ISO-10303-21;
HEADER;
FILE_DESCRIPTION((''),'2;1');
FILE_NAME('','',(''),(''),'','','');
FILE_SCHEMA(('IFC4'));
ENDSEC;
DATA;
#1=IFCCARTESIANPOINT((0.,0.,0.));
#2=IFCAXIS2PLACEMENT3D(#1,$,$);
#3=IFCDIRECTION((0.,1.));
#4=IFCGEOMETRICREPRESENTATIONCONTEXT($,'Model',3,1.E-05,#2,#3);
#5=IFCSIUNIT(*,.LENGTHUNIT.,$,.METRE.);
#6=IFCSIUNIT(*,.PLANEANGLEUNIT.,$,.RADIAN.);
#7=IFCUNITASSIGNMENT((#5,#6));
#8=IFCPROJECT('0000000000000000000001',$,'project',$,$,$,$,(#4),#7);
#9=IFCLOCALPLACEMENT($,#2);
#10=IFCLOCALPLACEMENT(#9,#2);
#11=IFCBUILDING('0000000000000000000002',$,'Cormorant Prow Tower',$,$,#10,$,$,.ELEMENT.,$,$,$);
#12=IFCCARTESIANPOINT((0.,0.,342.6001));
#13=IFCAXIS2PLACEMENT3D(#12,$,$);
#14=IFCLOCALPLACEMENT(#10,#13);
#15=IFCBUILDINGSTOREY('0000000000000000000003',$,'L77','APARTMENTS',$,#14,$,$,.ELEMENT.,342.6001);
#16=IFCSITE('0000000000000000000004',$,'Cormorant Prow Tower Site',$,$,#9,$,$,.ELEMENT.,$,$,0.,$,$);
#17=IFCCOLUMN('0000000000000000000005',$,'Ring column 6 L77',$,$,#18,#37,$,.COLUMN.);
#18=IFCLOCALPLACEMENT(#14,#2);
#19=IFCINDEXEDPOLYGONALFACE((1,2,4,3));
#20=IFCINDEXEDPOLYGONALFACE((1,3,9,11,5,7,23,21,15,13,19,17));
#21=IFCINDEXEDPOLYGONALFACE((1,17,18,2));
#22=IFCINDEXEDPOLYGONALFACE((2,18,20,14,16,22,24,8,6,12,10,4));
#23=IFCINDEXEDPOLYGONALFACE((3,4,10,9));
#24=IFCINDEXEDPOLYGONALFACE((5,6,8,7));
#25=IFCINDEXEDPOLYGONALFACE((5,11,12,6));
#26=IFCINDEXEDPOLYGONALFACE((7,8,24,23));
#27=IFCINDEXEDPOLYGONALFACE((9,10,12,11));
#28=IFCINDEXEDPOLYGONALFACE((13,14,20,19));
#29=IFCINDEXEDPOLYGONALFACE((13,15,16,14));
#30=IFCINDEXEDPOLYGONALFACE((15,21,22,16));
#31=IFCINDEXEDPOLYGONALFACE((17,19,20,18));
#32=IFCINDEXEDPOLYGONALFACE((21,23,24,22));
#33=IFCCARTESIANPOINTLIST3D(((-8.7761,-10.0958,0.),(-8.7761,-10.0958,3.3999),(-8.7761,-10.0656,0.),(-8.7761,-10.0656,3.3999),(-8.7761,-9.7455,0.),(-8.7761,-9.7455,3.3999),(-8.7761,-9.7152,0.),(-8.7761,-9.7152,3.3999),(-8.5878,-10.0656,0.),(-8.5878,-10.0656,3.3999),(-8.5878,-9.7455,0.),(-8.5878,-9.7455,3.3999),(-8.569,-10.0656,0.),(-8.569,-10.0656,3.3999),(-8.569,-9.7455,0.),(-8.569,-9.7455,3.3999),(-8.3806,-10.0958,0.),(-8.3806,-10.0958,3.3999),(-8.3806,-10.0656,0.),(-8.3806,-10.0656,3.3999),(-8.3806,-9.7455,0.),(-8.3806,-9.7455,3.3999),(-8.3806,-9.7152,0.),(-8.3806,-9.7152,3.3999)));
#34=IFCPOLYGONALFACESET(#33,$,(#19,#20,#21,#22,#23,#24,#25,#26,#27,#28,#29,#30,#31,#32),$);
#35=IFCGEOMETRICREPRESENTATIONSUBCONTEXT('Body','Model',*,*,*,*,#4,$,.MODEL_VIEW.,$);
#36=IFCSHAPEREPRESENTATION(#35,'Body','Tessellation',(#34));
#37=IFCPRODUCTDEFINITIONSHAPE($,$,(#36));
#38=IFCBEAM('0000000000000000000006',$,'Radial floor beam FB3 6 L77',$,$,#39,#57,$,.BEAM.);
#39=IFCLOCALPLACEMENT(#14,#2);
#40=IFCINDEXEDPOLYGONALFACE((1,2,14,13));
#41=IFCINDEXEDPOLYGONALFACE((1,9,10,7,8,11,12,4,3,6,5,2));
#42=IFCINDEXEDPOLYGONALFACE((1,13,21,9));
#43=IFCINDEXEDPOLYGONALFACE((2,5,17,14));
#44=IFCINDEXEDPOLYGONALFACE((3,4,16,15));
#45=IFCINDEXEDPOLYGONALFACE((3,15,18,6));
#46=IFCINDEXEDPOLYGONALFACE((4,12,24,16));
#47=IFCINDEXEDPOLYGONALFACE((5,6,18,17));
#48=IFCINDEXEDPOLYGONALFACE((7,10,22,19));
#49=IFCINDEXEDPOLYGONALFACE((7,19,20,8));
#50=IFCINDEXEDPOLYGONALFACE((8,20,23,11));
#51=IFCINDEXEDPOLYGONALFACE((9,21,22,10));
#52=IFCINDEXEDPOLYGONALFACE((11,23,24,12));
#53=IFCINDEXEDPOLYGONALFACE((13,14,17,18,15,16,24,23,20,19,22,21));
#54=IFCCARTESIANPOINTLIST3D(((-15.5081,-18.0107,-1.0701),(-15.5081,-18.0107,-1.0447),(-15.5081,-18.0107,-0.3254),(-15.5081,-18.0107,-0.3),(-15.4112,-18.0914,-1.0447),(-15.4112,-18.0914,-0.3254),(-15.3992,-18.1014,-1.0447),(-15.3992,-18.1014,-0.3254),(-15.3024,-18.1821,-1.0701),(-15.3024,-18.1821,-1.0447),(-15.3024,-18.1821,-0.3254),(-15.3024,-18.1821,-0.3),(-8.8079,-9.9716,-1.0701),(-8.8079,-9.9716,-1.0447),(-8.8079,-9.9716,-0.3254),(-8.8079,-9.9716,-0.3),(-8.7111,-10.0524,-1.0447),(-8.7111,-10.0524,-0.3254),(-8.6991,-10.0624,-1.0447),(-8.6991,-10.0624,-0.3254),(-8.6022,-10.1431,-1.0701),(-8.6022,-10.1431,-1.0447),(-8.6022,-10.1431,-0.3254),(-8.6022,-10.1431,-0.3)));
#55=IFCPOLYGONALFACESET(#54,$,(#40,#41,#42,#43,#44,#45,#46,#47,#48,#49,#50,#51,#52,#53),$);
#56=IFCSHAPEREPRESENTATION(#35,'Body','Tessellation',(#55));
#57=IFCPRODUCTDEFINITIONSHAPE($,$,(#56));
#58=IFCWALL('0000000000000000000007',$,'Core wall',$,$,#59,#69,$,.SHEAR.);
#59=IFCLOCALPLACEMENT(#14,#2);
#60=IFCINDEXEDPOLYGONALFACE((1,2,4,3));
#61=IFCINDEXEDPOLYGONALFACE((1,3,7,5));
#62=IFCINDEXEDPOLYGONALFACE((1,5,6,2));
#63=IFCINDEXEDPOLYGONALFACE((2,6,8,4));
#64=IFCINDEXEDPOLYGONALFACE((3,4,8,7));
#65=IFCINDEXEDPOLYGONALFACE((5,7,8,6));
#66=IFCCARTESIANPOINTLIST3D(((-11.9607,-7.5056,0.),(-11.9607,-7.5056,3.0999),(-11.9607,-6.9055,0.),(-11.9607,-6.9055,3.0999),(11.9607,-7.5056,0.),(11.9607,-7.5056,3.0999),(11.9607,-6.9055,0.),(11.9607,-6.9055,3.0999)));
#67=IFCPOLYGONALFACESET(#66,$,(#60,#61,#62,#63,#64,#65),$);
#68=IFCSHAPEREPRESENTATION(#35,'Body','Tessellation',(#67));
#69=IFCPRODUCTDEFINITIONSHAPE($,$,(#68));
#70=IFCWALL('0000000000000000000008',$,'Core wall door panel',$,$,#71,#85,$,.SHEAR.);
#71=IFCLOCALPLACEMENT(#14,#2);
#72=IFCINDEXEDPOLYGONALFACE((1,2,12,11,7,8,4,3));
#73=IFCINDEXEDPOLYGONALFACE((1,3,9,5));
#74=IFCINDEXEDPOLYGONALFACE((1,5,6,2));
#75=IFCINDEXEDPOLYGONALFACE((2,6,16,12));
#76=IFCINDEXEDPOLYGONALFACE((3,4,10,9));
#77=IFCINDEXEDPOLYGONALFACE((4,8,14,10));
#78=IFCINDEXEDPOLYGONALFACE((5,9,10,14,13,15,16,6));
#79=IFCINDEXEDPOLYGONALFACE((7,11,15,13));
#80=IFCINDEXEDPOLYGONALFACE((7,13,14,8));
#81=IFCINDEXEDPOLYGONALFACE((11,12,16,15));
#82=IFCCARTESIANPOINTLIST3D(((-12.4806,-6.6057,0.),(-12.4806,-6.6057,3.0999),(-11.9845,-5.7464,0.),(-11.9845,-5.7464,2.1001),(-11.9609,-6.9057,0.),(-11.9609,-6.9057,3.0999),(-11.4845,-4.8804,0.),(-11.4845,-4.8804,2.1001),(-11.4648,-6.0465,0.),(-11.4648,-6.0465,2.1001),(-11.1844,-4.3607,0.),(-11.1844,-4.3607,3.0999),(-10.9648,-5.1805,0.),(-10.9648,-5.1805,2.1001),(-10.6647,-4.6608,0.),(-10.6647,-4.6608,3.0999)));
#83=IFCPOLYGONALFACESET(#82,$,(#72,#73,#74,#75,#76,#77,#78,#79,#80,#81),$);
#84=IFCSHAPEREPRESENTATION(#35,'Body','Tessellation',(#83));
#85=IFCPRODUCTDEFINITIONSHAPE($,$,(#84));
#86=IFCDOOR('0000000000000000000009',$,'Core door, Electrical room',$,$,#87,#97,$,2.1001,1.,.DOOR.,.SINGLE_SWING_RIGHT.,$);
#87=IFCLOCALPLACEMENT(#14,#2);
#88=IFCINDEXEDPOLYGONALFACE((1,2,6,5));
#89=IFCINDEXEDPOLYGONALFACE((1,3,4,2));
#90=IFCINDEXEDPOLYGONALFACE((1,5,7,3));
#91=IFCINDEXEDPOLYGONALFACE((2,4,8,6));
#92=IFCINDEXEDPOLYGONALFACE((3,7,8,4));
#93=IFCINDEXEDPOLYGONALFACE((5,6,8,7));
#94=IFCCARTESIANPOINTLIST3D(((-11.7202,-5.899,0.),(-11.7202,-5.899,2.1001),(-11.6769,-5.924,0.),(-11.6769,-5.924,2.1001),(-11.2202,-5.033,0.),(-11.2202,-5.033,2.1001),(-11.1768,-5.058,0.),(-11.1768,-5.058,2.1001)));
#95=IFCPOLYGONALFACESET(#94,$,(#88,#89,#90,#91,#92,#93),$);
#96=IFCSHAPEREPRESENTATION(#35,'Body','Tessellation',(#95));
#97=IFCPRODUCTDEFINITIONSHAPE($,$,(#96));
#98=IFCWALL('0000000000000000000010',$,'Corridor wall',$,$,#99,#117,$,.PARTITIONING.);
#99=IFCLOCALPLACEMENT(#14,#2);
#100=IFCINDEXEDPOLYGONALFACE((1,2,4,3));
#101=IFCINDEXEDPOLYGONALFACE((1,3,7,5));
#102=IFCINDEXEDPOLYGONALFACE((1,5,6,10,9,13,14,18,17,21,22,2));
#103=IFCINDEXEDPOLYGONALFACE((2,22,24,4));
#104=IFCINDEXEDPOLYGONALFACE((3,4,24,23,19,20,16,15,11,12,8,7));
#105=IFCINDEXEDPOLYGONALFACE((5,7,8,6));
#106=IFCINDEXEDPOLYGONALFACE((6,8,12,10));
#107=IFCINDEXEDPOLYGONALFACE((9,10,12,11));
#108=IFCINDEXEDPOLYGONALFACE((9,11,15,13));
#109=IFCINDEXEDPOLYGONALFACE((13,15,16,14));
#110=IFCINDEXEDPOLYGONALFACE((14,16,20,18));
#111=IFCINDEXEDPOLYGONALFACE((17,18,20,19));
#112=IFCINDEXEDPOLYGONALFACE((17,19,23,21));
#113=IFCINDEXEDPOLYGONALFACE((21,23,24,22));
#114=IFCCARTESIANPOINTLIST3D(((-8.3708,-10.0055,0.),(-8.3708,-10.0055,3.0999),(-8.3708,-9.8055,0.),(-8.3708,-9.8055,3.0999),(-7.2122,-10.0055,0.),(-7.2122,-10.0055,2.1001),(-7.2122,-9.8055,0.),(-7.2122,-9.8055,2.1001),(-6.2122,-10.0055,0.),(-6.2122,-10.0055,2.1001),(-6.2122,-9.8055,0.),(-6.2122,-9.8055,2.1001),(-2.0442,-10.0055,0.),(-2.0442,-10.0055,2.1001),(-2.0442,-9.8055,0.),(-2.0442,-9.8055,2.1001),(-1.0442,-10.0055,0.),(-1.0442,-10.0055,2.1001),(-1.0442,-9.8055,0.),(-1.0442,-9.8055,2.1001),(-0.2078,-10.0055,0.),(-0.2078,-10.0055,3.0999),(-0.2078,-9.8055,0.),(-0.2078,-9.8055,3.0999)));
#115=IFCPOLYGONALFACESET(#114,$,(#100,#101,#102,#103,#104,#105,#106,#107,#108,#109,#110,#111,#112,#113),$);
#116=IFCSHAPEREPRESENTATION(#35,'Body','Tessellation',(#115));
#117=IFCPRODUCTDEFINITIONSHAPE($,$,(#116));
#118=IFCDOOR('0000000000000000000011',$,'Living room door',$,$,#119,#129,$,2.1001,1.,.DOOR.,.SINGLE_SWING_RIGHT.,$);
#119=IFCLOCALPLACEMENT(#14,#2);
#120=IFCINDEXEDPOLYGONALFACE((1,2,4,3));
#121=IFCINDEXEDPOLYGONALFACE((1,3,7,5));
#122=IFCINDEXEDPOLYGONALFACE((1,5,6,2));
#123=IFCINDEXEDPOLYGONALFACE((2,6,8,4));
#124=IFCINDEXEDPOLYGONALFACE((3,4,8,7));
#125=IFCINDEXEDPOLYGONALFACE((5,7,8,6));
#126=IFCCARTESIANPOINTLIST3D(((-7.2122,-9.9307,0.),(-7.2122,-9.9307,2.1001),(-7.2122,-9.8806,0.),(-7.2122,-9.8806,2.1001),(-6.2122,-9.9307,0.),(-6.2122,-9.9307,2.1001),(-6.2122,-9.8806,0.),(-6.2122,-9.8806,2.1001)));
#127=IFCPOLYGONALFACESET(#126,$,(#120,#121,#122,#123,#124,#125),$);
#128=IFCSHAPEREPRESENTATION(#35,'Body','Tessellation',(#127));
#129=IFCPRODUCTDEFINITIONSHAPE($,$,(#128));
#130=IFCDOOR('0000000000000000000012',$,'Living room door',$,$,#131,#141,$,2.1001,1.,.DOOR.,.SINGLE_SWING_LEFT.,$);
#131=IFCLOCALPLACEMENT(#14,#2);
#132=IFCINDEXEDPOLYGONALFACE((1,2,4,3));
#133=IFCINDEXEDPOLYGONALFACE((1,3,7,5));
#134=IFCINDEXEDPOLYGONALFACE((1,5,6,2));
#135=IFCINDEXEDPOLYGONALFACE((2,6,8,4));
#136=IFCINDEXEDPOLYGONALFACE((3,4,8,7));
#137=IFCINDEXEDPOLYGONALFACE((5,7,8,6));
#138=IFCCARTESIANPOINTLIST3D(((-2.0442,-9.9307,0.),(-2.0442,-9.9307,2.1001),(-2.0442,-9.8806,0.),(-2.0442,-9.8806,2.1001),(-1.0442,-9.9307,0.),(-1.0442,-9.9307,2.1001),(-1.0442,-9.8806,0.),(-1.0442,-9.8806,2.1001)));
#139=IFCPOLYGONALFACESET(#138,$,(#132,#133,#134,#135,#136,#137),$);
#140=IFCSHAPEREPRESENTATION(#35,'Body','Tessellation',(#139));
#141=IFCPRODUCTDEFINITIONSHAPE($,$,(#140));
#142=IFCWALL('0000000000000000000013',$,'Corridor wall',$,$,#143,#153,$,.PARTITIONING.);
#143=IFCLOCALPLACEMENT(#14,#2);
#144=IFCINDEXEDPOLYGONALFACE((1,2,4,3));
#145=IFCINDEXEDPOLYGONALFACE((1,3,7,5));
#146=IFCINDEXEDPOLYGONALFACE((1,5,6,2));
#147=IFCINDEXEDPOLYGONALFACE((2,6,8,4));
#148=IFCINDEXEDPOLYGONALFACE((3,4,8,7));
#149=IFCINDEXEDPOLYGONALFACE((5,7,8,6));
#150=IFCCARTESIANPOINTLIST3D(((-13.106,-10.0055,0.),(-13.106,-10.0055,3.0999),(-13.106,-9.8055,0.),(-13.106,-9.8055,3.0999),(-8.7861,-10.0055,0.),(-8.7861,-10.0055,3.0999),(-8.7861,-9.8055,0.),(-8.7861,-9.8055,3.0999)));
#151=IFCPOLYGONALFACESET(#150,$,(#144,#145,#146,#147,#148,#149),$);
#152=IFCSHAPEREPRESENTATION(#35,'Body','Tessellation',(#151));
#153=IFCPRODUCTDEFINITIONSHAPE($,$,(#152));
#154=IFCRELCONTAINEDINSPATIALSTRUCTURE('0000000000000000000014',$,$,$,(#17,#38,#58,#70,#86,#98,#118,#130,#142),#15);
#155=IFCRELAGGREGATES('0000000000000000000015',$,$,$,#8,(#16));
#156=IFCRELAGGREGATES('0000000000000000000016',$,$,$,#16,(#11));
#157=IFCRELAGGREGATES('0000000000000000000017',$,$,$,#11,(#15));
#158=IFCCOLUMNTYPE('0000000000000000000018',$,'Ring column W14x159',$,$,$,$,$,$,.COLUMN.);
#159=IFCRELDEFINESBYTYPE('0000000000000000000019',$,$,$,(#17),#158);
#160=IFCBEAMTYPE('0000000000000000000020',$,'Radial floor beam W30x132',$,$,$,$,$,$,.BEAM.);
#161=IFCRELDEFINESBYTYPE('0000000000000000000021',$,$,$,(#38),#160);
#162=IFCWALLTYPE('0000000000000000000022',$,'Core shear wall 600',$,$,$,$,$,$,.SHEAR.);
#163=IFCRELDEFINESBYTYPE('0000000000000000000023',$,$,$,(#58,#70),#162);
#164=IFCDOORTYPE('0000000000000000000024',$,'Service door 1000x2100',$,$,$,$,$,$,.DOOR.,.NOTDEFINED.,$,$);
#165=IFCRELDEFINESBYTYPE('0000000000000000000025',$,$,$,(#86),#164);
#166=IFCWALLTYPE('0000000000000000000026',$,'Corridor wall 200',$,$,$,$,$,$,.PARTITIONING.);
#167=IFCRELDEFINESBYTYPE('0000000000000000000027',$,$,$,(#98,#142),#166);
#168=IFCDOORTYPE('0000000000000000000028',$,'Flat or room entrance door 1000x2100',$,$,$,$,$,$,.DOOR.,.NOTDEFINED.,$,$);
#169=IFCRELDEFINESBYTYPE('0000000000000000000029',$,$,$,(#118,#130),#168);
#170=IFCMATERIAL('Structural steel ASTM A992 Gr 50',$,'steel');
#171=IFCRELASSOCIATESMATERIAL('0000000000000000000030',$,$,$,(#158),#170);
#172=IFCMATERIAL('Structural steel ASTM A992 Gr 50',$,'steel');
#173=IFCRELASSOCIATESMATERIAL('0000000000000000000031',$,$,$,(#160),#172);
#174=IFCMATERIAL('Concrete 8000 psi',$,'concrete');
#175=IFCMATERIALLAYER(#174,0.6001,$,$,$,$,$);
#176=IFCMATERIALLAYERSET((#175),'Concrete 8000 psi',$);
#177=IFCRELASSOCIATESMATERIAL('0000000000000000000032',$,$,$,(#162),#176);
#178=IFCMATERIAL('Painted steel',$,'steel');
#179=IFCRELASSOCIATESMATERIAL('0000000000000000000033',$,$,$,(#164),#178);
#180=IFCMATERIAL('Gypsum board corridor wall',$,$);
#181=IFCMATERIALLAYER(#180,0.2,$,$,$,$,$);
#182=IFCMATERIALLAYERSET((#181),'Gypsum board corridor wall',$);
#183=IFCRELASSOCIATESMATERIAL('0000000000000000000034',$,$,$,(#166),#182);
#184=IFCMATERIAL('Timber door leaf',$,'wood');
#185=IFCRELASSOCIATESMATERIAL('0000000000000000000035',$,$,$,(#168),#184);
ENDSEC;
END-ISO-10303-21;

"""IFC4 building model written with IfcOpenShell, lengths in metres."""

from ifc_helpers import new_model, si_unit, direction, frame, frame_2d, origin, origin_2d, place, context, subcontext, project, spatial, rectangle, i_section, extrude, material, layer, layer_set, material_profile, profile_set, type_object, element, fill, save


model = new_model("IFC4")

# Units and contexts
model_context = context("Model", 3, precision=1e-05, world=origin(), true_north=direction((0.0, 1.0)))
body_context = subcontext(model_context, "Body", "Model", "MODEL_VIEW")
ifc_project = project(units=[si_unit("LENGTHUNIT", "METRE"), si_unit("PLANEANGLEUNIT", "RADIAN")], contexts=[model_context])

# Site, building, storey
site_placement = place(None, origin())
site = spatial("IfcSite", under=ifc_project, at=site_placement, Name="Cormorant Prow Tower Site", CompositionType="ELEMENT", RefElevation=0.0)
building_placement = place(site_placement, origin())
building = spatial("IfcBuilding", under=site, at=building_placement, Name="Cormorant Prow Tower", CompositionType="ELEMENT")
storey_placement = place(building_placement, frame((0.0, 0.0, 342.6001)))
storey = spatial("IfcBuildingStorey", under=building, at=storey_placement, Name="L77", Description="APARTMENTS", CompositionType="ELEMENT", Elevation=342.6001)

# Column
ifc_material_1 = material(Name="Structural steel ASTM A992 Gr 50", Category="steel")
ifc_material_profile_1 = material_profile(ifc_material_1, i_section(OverallWidth=0.3955, OverallDepth=0.3806, WebThickness=0.0188, FlangeThickness=0.0303, at=origin_2d()), Name="W14x159")
ifc_profile_set_1 = profile_set([ifc_material_profile_1], Name="Structural steel ASTM A992 Gr 50")
column_type = type_object("IfcColumnType", Name="Ring column W14x159", PredefinedType="COLUMN", material=ifc_profile_set_1)
column_placement = place(storey_placement, frame((-8.5784, -9.9055, 0.0), z_axis=(0.0, 0.0, 1.0), x_axis=(1.0, 0.0, 0.0)))
element("IfcColumn", 1, at=column_placement, inside=storey, type_object=column_type, Name="Ring column 6 L77", PredefinedType="COLUMN", context=body_context, shape_type="SweptSolid", body=[
    extrude(i_section(OverallWidth=0.3955, OverallDepth=0.3806, WebThickness=0.0188, FlangeThickness=0.0303, at=origin_2d()), origin(), (0.0, 0.0, 1.0), 3.3999),
])

# Beam
ifc_material_2 = material(Name="Structural steel ASTM A992 Gr 50", Category="steel")
ifc_material_profile_2 = material_profile(ifc_material_2, i_section(OverallWidth=0.2678, OverallDepth=0.77, WebThickness=0.0156, FlangeThickness=0.0254, at=origin_2d()), Name="W30x132")
ifc_profile_set_2 = profile_set([ifc_material_profile_2], Name="Structural steel ASTM A992 Gr 50")
beam_type = type_object("IfcBeamType", Name="Radial floor beam W30x132", PredefinedType="BEAM", material=ifc_profile_set_2)
beam_placement = place(storey_placement, frame((-8.7051, -10.0574, -0.6851), z_axis=(-0.640239, -0.768175, 0.0), x_axis=(0.768175, -0.640239, 0.0)))
element("IfcBeam", 2, at=beam_placement, inside=storey, type_object=beam_type, Name="Radial floor beam FB3 6 L77", PredefinedType="BEAM", context=body_context, shape_type="SweptSolid", body=[
    extrude(i_section(OverallWidth=0.2678, OverallDepth=0.77, WebThickness=0.0156, FlangeThickness=0.0254, at=origin_2d()), origin(), (0.0, 0.0, 1.0), 10.4651),
])

# Wall
ifc_material_3 = material(Name="Concrete 8000 psi", Category="concrete")
ifc_layer_1 = layer(ifc_material_3, 0.6001)
ifc_layer_set_1 = layer_set([ifc_layer_1], Name="Concrete 8000 psi")
wall_type_1 = type_object("IfcWallType", Name="Core shear wall 600", PredefinedType="SHEAR", material=ifc_layer_set_1)
wall_1_placement = place(storey_placement, frame((-11.9607, -7.2056, 0.0), z_axis=(0.0, 0.0, 1.0), x_axis=(1.0, 0.0, 0.0)))
element("IfcWall", 3, at=wall_1_placement, inside=storey, type_object=wall_type_1, Name="Core wall", PredefinedType="SHEAR", context=body_context, shape_type="SweptSolid", body=[
    extrude(rectangle(XDim=23.9214, YDim=0.6001, at=frame_2d((11.9607, 0.0))), origin(), (0.0, 0.0, 1.0), 3.0999),
])

# Wall, opening, door
wall_2_placement = place(storey_placement, frame((-10.9246, -4.5107, 0.0), z_axis=(0.0, 0.0, 1.0), x_axis=(-0.500019, -0.866015, 0.0)))
wall_2 = element("IfcWall", 4, at=wall_2_placement, inside=storey, type_object=wall_type_1, Name="Core wall door panel", PredefinedType="SHEAR", context=body_context, shape_type="SweptSolid", body=[
    extrude(rectangle(XDim=2.5923, YDim=0.6001, at=frame_2d((1.2961, 0.0))), origin(), (0.0, 0.0, 1.0), 3.0999),
])
opening_1_placement = place(wall_2_placement, frame((0.6001, 0.0, 0.0)))
opening_1 = element("IfcOpeningElement", 5, at=opening_1_placement, cuts=wall_2, PredefinedType="OPENING", context=body_context, shape_type="SweptSolid", body=[
    extrude(rectangle(XDim=1.0, YDim=2.1001, at=frame_2d((0.5, 1.05))), frame((0.0, 0.3101, 0.0), z_axis=(0.0, -1.0, 0.0), x_axis=(1.0, 0.0, 0.0)), (0.0, 0.0, 1.0), 0.6201),
])
ifc_material_4 = material(Name="Painted steel", Category="steel")
door_type_1 = type_object("IfcDoorType", Name="Service door 1000x2100", OperationType="NOTDEFINED", PredefinedType="DOOR", material=ifc_material_4)
door_1_placement = place(opening_1_placement, origin())
door_1 = element("IfcDoor", 6, at=door_1_placement, inside=storey, type_object=door_type_1, Name="Core door, Electrical room", OperationType="SINGLE_SWING_RIGHT", OverallHeight=2.1001, OverallWidth=1.0, PredefinedType="DOOR", context=body_context, shape_type="SweptSolid", body=[
    extrude(rectangle(XDim=1.0, YDim=2.1001, at=frame_2d((0.5, 1.05))), frame((0.0, 0.0552, 0.0), z_axis=(0.0, -1.0, 0.0), x_axis=(1.0, 0.0, 0.0)), (0.0, 0.0, 1.0), 0.05),
])
fill(opening_1, door_1)

# Wall, openings, doors
ifc_material_5 = material(Name="Gypsum board corridor wall")
ifc_layer_2 = layer(ifc_material_5, 0.2)
ifc_layer_set_2 = layer_set([ifc_layer_2], Name="Gypsum board corridor wall")
wall_type_2 = type_object("IfcWallType", Name="Corridor wall 200", PredefinedType="PARTITIONING", material=ifc_layer_set_2)
wall_3_placement = place(storey_placement, frame((-8.3708, -9.9055, 0.0), z_axis=(0.0, 0.0, 1.0), x_axis=(1.0, 0.0, 0.0)))
wall_3 = element("IfcWall", 7, at=wall_3_placement, inside=storey, type_object=wall_type_2, Name="Corridor wall", PredefinedType="PARTITIONING", context=body_context, shape_type="SweptSolid", body=[
    extrude(rectangle(XDim=8.1631, YDim=0.2, at=frame_2d((4.0815, 0.0))), origin(), (0.0, 0.0, 1.0), 3.0999),
])
opening_2_placement = place(wall_3_placement, frame((1.1587, 0.0, 0.0)))
opening_2 = element("IfcOpeningElement", 8, at=opening_2_placement, cuts=wall_3, PredefinedType="OPENING", context=body_context, shape_type="SweptSolid", body=[
    extrude(rectangle(XDim=1.0, YDim=2.1001, at=frame_2d((0.5, 1.05))), frame((0.0, 0.1099, 0.0), z_axis=(0.0, -1.0, 0.0), x_axis=(1.0, 0.0, 0.0)), (0.0, 0.0, 1.0), 0.22),
])
opening_3_placement = place(wall_3_placement, frame((6.3267, 0.0, 0.0)))
opening_3 = element("IfcOpeningElement", 9, at=opening_3_placement, cuts=wall_3, PredefinedType="OPENING", context=body_context, shape_type="SweptSolid", body=[
    extrude(rectangle(XDim=1.0, YDim=2.1001, at=frame_2d((0.5, 1.05))), frame((0.0, 0.1099, 0.0), z_axis=(0.0, -1.0, 0.0), x_axis=(1.0, 0.0, 0.0)), (0.0, 0.0, 1.0), 0.22),
])
ifc_material_6 = material(Name="Timber door leaf", Category="wood")
door_type_2 = type_object("IfcDoorType", Name="Flat or room entrance door 1000x2100", OperationType="NOTDEFINED", PredefinedType="DOOR", material=ifc_material_6)
door_2_placement = place(opening_2_placement, origin())
door_2 = element("IfcDoor", 10, at=door_2_placement, inside=storey, type_object=door_type_2, Name="Living room door", OperationType="SINGLE_SWING_RIGHT", OverallHeight=2.1001, OverallWidth=1.0, PredefinedType="DOOR", context=body_context, shape_type="SweptSolid", body=[
    extrude(rectangle(XDim=1.0, YDim=2.1001, at=frame_2d((0.5, 1.05))), frame((0.0, 0.0249, 0.0), z_axis=(0.0, -1.0, 0.0), x_axis=(1.0, 0.0, 0.0)), (0.0, 0.0, 1.0), 0.05),
])
fill(opening_2, door_2)
door_3_placement = place(opening_3_placement, origin())
door_3 = element("IfcDoor", 11, at=door_3_placement, inside=storey, type_object=door_type_2, Name="Living room door", OperationType="SINGLE_SWING_LEFT", OverallHeight=2.1001, OverallWidth=1.0, PredefinedType="DOOR", context=body_context, shape_type="SweptSolid", body=[
    extrude(rectangle(XDim=1.0, YDim=2.1001, at=frame_2d((0.5, 1.05))), frame((0.0, 0.0249, 0.0), z_axis=(0.0, -1.0, 0.0), x_axis=(1.0, 0.0, 0.0)), (0.0, 0.0, 1.0), 0.05),
])
fill(opening_3, door_3)

# Wall
wall_4_placement = place(storey_placement, frame((-13.106, -9.9055, 0.0), z_axis=(0.0, 0.0, 1.0), x_axis=(1.0, 0.0, 0.0)))
element("IfcWall", 12, at=wall_4_placement, inside=storey, type_object=wall_type_2, Name="Corridor wall", PredefinedType="PARTITIONING", context=body_context, shape_type="SweptSolid", body=[
    extrude(rectangle(XDim=4.3198, YDim=0.2, at=frame_2d((2.1599, 0.0))), origin(), (0.0, 0.0, 1.0), 3.0999),
])

save(model, "model.ifc")
